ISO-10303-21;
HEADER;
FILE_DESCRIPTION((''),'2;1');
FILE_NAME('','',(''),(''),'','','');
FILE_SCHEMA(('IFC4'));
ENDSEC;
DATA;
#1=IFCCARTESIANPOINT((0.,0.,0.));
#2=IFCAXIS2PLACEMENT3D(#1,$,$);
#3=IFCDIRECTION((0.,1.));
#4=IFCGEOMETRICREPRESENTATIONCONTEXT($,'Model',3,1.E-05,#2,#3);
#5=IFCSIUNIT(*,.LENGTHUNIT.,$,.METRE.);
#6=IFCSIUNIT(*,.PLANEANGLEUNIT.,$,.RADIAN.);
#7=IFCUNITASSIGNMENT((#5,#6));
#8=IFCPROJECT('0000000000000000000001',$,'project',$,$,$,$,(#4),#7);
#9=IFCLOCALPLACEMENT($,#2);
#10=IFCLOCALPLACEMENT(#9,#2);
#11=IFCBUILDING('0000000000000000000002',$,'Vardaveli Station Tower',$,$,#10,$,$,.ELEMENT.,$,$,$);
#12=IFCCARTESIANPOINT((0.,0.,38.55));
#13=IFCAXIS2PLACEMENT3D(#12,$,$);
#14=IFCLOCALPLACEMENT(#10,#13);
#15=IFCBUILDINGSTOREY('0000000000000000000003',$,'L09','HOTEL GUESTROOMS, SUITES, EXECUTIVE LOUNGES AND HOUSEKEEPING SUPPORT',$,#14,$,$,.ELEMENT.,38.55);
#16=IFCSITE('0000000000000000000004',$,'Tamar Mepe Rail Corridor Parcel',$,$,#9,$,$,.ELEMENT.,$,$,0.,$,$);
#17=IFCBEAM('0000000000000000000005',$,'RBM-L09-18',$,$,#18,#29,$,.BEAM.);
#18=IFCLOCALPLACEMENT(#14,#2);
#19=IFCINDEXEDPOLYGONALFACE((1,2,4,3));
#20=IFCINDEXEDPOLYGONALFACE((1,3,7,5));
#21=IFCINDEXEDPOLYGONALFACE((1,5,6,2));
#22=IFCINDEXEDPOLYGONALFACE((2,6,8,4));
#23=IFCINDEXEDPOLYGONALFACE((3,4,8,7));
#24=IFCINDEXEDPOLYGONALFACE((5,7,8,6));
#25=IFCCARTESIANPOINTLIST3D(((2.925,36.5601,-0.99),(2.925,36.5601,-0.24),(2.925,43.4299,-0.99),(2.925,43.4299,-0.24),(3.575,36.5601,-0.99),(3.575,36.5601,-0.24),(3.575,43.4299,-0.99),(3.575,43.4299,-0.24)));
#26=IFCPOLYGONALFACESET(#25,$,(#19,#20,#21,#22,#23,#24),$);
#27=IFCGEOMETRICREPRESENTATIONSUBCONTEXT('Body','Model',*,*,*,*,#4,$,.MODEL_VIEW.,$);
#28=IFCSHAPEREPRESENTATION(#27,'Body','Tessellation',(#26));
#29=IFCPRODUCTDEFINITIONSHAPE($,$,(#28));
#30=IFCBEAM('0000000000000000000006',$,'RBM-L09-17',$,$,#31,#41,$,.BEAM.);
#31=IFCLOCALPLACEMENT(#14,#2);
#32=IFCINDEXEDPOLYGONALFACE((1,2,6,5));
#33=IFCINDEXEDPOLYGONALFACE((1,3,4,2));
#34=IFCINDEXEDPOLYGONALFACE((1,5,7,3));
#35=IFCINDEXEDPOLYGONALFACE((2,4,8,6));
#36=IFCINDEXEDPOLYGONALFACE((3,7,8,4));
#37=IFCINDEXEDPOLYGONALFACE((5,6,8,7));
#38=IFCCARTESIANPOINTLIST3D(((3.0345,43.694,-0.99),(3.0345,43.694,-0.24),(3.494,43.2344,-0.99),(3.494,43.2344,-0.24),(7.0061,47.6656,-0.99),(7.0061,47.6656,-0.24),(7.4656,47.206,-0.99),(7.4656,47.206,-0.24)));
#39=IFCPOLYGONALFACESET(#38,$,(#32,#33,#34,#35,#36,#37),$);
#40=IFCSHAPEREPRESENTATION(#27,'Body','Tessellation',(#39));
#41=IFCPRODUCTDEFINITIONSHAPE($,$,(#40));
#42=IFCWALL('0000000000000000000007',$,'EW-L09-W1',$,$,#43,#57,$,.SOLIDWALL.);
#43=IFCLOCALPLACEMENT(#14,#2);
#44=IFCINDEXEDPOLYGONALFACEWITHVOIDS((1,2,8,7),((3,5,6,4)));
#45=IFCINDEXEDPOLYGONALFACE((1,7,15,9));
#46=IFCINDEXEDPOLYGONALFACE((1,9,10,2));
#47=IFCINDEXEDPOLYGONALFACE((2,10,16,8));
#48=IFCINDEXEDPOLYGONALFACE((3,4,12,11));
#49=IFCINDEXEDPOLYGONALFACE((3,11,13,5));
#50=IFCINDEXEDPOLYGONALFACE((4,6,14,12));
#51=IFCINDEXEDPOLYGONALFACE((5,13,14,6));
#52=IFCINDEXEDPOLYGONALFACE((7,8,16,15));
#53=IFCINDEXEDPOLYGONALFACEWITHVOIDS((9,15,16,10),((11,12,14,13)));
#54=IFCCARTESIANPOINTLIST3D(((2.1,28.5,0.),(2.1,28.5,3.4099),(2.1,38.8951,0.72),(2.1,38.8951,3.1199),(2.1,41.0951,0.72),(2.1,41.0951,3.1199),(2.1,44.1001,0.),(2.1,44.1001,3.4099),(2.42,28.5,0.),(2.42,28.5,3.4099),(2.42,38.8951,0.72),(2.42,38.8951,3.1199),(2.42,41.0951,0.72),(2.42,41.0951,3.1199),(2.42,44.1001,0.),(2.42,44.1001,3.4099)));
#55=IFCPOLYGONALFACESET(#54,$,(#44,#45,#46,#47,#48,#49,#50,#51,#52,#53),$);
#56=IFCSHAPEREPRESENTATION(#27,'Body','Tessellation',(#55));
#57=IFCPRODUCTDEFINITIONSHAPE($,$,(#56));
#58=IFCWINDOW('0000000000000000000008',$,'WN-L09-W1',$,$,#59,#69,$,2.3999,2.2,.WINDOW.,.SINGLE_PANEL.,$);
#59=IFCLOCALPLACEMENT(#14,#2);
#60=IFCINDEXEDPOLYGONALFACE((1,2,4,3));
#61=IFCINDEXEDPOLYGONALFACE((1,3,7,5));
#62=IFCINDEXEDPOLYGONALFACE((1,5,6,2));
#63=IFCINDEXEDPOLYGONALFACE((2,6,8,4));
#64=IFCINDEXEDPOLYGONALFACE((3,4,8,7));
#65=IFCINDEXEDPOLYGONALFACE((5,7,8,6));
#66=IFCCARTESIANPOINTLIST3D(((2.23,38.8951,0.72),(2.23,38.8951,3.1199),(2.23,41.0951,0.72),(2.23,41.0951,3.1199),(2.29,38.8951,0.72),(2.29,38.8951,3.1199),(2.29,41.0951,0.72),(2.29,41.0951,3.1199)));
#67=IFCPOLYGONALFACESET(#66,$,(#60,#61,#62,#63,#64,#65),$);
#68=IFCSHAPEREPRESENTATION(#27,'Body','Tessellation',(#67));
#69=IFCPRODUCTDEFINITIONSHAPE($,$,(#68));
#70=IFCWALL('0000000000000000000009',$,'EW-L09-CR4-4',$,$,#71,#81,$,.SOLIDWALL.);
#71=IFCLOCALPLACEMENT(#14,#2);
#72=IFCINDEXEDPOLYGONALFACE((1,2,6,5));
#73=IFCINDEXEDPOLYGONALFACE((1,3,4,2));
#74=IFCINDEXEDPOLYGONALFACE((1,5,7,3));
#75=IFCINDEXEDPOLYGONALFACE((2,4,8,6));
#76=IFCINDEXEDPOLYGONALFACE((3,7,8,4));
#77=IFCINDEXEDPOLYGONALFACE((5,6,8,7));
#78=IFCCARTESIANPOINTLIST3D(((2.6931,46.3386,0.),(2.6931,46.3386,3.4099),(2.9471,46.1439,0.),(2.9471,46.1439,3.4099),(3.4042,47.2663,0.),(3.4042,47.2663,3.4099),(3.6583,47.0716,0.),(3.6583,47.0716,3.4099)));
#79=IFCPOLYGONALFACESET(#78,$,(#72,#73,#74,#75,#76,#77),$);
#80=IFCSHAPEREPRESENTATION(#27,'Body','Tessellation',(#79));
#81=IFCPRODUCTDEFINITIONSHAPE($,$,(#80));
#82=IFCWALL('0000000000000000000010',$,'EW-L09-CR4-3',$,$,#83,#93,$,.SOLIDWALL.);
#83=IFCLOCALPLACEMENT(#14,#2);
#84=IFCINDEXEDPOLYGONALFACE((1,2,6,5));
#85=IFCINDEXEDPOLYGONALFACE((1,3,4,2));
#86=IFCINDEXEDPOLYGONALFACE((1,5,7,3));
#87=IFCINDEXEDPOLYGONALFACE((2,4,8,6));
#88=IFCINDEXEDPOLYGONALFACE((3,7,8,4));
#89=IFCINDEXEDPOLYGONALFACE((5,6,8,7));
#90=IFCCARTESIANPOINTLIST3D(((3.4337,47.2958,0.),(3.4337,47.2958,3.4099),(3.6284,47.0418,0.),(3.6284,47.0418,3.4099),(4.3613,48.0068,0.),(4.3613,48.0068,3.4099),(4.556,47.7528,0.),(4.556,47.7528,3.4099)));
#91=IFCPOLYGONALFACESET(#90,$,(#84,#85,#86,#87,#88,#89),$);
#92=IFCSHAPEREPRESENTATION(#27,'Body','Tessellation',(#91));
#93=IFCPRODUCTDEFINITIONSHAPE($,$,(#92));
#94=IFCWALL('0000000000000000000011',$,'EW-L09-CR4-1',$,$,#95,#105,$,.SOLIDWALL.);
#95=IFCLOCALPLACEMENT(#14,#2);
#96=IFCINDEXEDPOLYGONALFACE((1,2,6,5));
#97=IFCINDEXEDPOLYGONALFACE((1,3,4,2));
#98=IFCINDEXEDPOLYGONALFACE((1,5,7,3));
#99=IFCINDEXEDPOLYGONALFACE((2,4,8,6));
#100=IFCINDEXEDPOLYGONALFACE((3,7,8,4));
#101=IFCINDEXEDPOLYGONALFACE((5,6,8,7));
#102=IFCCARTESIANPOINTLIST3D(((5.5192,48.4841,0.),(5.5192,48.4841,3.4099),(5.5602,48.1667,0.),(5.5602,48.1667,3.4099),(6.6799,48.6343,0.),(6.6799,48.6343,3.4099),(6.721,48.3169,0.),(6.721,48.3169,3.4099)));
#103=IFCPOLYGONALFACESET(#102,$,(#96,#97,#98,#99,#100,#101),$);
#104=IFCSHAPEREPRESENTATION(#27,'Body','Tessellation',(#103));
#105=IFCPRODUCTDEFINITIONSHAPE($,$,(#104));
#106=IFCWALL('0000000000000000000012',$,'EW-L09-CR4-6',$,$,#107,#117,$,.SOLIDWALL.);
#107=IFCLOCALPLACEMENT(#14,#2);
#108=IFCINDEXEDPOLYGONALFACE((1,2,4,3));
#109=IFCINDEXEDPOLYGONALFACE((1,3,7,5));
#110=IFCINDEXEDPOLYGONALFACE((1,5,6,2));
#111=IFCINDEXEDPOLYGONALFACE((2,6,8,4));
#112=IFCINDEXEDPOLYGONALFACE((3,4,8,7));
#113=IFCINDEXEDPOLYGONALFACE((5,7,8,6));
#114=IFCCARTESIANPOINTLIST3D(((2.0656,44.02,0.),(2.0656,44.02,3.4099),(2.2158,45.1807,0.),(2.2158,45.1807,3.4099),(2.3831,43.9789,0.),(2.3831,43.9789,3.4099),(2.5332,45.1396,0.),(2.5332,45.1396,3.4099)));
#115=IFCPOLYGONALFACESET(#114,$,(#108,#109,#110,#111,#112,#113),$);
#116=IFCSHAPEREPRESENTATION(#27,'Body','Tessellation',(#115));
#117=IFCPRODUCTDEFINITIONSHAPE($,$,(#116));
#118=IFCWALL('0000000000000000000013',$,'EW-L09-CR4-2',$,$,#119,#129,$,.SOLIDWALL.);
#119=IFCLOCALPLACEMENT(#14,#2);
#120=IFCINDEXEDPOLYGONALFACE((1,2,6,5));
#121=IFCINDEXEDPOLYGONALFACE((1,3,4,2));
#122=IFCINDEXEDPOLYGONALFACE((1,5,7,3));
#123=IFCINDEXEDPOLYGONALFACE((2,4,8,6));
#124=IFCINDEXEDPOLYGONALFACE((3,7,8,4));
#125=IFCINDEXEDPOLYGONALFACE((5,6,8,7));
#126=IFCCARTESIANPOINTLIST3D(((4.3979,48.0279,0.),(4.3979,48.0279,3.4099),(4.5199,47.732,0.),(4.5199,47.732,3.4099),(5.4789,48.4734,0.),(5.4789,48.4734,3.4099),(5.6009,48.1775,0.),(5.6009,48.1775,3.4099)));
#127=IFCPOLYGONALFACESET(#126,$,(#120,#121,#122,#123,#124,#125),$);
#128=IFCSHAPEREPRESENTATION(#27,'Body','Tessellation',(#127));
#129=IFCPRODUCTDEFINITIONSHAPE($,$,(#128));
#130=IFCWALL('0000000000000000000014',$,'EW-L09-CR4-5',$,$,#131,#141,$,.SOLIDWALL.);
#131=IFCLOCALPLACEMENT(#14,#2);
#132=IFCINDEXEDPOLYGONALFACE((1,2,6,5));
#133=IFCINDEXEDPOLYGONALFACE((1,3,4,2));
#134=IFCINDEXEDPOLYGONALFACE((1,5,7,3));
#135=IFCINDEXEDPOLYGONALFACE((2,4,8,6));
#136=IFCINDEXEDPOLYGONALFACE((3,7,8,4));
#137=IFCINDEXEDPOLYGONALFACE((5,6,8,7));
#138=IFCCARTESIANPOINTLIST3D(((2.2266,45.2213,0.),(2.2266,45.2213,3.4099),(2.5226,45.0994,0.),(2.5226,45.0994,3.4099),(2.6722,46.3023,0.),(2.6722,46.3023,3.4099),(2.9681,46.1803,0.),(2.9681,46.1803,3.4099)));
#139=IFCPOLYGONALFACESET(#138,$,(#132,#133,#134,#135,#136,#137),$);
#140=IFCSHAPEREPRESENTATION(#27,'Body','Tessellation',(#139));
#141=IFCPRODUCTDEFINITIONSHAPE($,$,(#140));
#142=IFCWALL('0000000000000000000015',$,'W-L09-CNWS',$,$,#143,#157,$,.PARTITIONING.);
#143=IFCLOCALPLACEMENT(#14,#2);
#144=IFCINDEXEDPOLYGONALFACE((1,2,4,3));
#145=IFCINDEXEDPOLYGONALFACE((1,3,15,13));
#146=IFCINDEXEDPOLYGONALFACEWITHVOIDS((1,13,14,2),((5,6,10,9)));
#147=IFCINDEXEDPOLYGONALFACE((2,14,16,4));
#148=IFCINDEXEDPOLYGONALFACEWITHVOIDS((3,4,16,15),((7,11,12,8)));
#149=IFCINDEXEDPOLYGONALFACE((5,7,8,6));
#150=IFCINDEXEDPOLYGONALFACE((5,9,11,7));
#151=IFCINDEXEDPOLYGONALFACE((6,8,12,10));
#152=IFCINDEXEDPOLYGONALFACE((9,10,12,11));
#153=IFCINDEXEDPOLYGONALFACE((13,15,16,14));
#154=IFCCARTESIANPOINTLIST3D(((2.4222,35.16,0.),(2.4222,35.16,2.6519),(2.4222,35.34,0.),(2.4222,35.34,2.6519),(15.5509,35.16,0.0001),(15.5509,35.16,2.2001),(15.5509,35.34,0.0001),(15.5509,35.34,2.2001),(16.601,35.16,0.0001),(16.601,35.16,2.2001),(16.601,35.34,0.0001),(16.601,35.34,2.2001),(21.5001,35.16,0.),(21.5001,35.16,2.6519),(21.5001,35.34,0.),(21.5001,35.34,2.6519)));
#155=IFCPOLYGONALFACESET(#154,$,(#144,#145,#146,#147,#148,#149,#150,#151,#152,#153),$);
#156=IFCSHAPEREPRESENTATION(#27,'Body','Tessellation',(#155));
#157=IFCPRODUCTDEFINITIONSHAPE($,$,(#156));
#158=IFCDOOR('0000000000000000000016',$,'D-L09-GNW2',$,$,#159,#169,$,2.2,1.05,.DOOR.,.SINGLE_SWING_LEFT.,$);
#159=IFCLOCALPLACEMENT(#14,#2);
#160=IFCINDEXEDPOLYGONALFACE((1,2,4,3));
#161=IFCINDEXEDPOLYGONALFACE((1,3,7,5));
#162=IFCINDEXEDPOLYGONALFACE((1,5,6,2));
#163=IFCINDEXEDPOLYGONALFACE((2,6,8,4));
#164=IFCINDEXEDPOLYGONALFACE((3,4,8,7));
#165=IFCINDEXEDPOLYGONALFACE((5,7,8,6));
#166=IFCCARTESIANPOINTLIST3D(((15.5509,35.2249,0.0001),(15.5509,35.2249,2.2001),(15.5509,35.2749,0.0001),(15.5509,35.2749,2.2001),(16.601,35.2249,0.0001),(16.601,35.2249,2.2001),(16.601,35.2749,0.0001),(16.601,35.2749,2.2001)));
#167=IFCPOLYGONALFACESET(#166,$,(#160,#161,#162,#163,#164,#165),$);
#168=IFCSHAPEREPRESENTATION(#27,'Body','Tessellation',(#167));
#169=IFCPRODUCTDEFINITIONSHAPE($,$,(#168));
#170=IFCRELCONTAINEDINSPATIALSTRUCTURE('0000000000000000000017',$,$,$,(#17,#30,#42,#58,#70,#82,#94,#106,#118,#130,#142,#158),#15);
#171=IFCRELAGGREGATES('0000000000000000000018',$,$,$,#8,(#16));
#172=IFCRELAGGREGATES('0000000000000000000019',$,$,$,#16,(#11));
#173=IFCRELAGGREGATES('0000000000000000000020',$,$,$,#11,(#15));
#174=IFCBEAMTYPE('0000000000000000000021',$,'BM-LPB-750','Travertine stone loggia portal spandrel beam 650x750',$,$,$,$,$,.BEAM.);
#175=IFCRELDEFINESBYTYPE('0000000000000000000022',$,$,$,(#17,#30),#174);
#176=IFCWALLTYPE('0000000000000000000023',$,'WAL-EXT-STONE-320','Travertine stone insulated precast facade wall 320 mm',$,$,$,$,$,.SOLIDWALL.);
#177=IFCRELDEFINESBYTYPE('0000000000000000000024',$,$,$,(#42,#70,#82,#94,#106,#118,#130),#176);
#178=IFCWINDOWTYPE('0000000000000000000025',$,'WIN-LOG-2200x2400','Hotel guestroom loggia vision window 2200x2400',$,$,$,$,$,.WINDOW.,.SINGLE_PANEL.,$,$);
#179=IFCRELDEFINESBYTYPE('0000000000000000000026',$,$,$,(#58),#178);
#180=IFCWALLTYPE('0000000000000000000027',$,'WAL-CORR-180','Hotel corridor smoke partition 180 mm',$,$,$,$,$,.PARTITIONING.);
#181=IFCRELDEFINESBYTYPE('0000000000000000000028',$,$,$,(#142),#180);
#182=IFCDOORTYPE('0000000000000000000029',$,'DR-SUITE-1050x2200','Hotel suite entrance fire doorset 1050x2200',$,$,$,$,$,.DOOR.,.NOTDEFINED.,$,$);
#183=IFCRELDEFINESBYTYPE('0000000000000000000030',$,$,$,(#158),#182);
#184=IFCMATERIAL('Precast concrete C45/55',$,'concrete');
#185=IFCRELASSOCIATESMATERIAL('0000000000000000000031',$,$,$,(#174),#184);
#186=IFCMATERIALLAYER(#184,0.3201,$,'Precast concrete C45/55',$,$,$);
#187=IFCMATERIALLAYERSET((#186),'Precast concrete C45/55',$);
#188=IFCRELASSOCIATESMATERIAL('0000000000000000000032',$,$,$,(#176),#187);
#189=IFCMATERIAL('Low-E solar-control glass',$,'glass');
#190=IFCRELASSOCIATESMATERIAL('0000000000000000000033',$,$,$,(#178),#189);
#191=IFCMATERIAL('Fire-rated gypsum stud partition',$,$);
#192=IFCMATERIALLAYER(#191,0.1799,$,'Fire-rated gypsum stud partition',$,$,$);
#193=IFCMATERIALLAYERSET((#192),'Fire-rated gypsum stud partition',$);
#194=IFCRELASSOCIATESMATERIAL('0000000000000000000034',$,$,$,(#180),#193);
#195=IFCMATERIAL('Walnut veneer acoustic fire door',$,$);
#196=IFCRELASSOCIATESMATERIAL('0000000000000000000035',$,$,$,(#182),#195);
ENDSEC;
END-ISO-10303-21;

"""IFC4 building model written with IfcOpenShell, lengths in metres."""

from ifc_helpers import new_model, si_unit, direction, frame, frame_2d, origin, origin_2d, place, context, subcontext, project, spatial, rectangle, extrude, source, transform, mapped, material, layer, layer_set, material_profile, profile_set, type_object, element, fill, save


model = new_model("IFC4")

# Units and contexts
model_context = context("Model", 3, precision=1e-05, world=origin(), true_north=direction((0.0, 1.0)))
body_context = subcontext(model_context, "Body", "Model", "MODEL_VIEW")
ifc_project = project(units=[si_unit("LENGTHUNIT", "METRE"), si_unit("PLANEANGLEUNIT", "RADIAN")], contexts=[model_context])

# Site, building, storey
site_placement = place(None, origin())
site = spatial("IfcSite", under=ifc_project, at=site_placement, Name="Tamar Mepe Rail Corridor Parcel", CompositionType="ELEMENT", RefElevation=0.0)
building_placement = place(site_placement, origin())
building = spatial("IfcBuilding", under=site, at=building_placement, Name="Vardaveli Station Tower", CompositionType="ELEMENT")
storey_placement = place(building_placement, frame((0.0, 0.0, 38.55)))
storey = spatial("IfcBuildingStorey", under=building, at=storey_placement, Name="L09", Description="HOTEL GUESTROOMS, SUITES, EXECUTIVE LOUNGES AND HOUSEKEEPING SUPPORT", CompositionType="ELEMENT", Elevation=38.55)

# Beams
ifc_material_1 = material(Name="Precast concrete C45/55", Category="concrete")
ifc_material_profile_1 = material_profile(ifc_material_1, rectangle(XDim=0.6499, YDim=0.75, at=origin_2d()), Name="LPB 650x750")
ifc_profile_set_1 = profile_set([ifc_material_profile_1], Name="Precast concrete C45/55")
beam_type = type_object("IfcBeamType", Name="BM-LPB-750", Description="Travertine stone loggia portal spandrel beam 650x750", PredefinedType="BEAM", material=ifc_profile_set_1)
shared_shape_1 = source(origin(), body_context, "Body", "SweptSolid", [
    extrude(rectangle(XDim=0.6499, YDim=0.75, at=origin_2d()), origin(), (0.0, 0.0, 1.0), 6.8699),
])
for number, where, z_axis, x_axis, name in (
    (1, (3.25, 43.4299, -0.615), (0.0, -1.0, 0.0), (1.0, 0.0, 0.0), "RBM-L09-18"),
):
    element("IfcBeam", number, at=place(storey_placement, frame(where, z_axis=z_axis, x_axis=x_axis)), inside=storey, type_object=beam_type, Name=name, PredefinedType="BEAM", context=body_context, shape_type="MappedRepresentation", body=[
        mapped(shared_shape_1, transform((0.0, 0.0, 0.0), scale=1.0)),
    ])
shared_shape_2 = source(origin(), body_context, "Body", "SweptSolid", [
    extrude(rectangle(XDim=0.6499, YDim=0.75, at=origin_2d()), origin(), (0.0, 0.0, 1.0), 5.6167),
])
beam_1_placement = place(storey_placement, frame((7.2358, 47.4358, -0.615), z_axis=(-0.707107, -0.707107, 0.0), x_axis=(0.707107, -0.707107, 0.0)))
element("IfcBeam", 2, at=beam_1_placement, inside=storey, type_object=beam_type, Name="RBM-L09-17", PredefinedType="BEAM", context=body_context, shape_type="MappedRepresentation", body=[
    mapped(shared_shape_2, transform((0.0, 0.0, 0.0), scale=1.0)),
])

# Wall, opening, window
ifc_layer_1 = layer(ifc_material_1, 0.3201, Name="Precast concrete C45/55")
ifc_layer_set_1 = layer_set([ifc_layer_1], Name="Precast concrete C45/55")
wall_type_1 = type_object("IfcWallType", Name="WAL-EXT-STONE-320", Description="Travertine stone insulated precast facade wall 320 mm", PredefinedType="SOLIDWALL", material=ifc_layer_set_1)
shared_shape_3 = source(origin(), body_context, "Body", "SweptSolid", [
    extrude(rectangle(XDim=15.6001, YDim=0.3201, at=frame_2d((7.8, 0.0))), origin(), (0.0, 0.0, 1.0), 3.4099),
])
wall_1_placement = place(storey_placement, frame((2.26, 44.1001, 0.0), z_axis=(0.0, 0.0, 1.0), x_axis=(0.0, -1.0, 0.0)))
wall_1 = element("IfcWall", 3, at=wall_1_placement, inside=storey, type_object=wall_type_1, Name="EW-L09-W1", PredefinedType="SOLIDWALL", context=body_context, shape_type="MappedRepresentation", body=[
    mapped(shared_shape_3, transform((0.0, 0.0, 0.0), scale=1.0)),
])
shared_shape_4 = source(origin(), body_context, "Body", "SweptSolid", [
    extrude(rectangle(XDim=2.2, YDim=2.3999, at=frame_2d((1.1001, 1.2))), frame((0.0, 0.1699, 0.0), z_axis=(0.0, -1.0, 0.0), x_axis=(1.0, 0.0, 0.0)), (0.0, 0.0, 1.0), 0.3401),
])
opening_1_placement = place(wall_1_placement, frame((3.0049, 0.0, 0.72)))
opening_1 = element("IfcOpeningElement", 4, at=opening_1_placement, cuts=wall_1, PredefinedType="OPENING", context=body_context, shape_type="MappedRepresentation", body=[
    mapped(shared_shape_4, transform((0.0, 0.0, 0.0), scale=1.0)),
])
ifc_material_2 = material(Name="Low-E solar-control glass", Category="glass")
window_type = type_object("IfcWindowType", Name="WIN-LOG-2200x2400", Description="Hotel guestroom loggia vision window 2200x2400", PartitioningType="SINGLE_PANEL", PredefinedType="WINDOW", material=ifc_material_2)
shared_shape_5 = source(origin(), body_context, "Body", "SweptSolid", [
    extrude(rectangle(XDim=2.2, YDim=2.3999, at=frame_2d((1.1001, 1.2))), frame((0.0, 0.03, 0.0), z_axis=(0.0, -1.0, 0.0), x_axis=(1.0, 0.0, 0.0)), (0.0, 0.0, 1.0), 0.0601),
])
window_placement = place(opening_1_placement, origin())
window = element("IfcWindow", 5, at=window_placement, inside=storey, type_object=window_type, Name="WN-L09-W1", OverallHeight=2.3999, OverallWidth=2.2, PartitioningType="SINGLE_PANEL", PredefinedType="WINDOW", context=body_context, shape_type="MappedRepresentation", body=[
    mapped(shared_shape_5, transform((0.0, 0.0, 0.0), scale=1.0)),
])
fill(opening_1, window)

# Walls
shared_shape_6 = source(origin(), body_context, "Body", "SweptSolid", [
    extrude(rectangle(XDim=1.1689, YDim=0.3201, at=frame_2d((0.5845, 0.0))), origin(), (0.0, 0.0, 1.0), 3.4099),
])
wall_2_placement = place(storey_placement, frame((3.5312, 47.1689, 0.0), z_axis=(0.0, 0.0, 1.0), x_axis=(-0.608388, -0.79364, 0.0)))
element("IfcWall", 6, at=wall_2_placement, inside=storey, type_object=wall_type_1, Name="EW-L09-CR4-4", PredefinedType="SOLIDWALL", context=body_context, shape_type="MappedRepresentation", body=[
    mapped(shared_shape_6, transform((0.0, 0.0, 0.0), scale=1.0)),
])
shared_shape_7 = source(origin(), body_context, "Body", "SweptSolid", [
    extrude(rectangle(XDim=1.1687, YDim=0.3201, at=frame_2d((0.5845, 0.0))), origin(), (0.0, 0.0, 1.0), 3.4099),
])
wall_3_placement = place(storey_placement, frame((4.4587, 47.8799, 0.0), z_axis=(0.0, 0.0, 1.0), x_axis=(-0.793664, -0.608357, 0.0)))
element("IfcWall", 7, at=wall_3_placement, inside=storey, type_object=wall_type_1, Name="EW-L09-CR4-3", PredefinedType="SOLIDWALL", context=body_context, shape_type="MappedRepresentation", body=[
    mapped(shared_shape_7, transform((0.0, 0.0, 0.0), scale=1.0)),
])
shared_shape_8 = source(origin(), body_context, "Body", "SweptSolid", [
    extrude(rectangle(XDim=1.1704, YDim=0.3201, at=frame_2d((0.5852, 0.0))), origin(), (0.0, 0.0, 1.0), 3.4099),
])
for number, where, z_axis, x_axis, name in (
    (8, (6.7004, 48.4756, 0.0), (0.0, 0.0, 1.0), (-0.991736, -0.128296, 0.0), "EW-L09-CR4-1"),
    (9, (2.3745, 45.1602, 0.0), (0.0, 0.0, 1.0), (-0.128296, -0.991736, 0.0), "EW-L09-CR4-6"),
):
    element("IfcWall", number, at=place(storey_placement, frame(where, z_axis=z_axis, x_axis=x_axis)), inside=storey, type_object=wall_type_1, Name=name, PredefinedType="SOLIDWALL", context=body_context, shape_type="MappedRepresentation", body=[
        mapped(shared_shape_8, transform((0.0, 0.0, 0.0), scale=1.0)),
    ])
shared_shape_9 = source(origin(), body_context, "Body", "SweptSolid", [
    extrude(rectangle(XDim=1.1692, YDim=0.3201, at=frame_2d((0.5845, 0.0))), origin(), (0.0, 0.0, 1.0), 3.4099),
])
for number, where, z_axis, x_axis, name in (
    (10, (5.5398, 48.3254, 0.0), (0.0, 0.0, 1.0), (-0.924553, -0.381054, 0.0), "EW-L09-CR4-2"),
    (11, (2.8201, 46.2412, 0.0), (0.0, 0.0, 1.0), (-0.381054, -0.924553, 0.0), "EW-L09-CR4-5"),
):
    element("IfcWall", number, at=place(storey_placement, frame(where, z_axis=z_axis, x_axis=x_axis)), inside=storey, type_object=wall_type_1, Name=name, PredefinedType="SOLIDWALL", context=body_context, shape_type="MappedRepresentation", body=[
        mapped(shared_shape_9, transform((0.0, 0.0, 0.0), scale=1.0)),
    ])

# Wall, opening, door
ifc_material_3 = material(Name="Fire-rated gypsum stud partition")
ifc_layer_2 = layer(ifc_material_3, 0.1799, Name="Fire-rated gypsum stud partition")
ifc_layer_set_2 = layer_set([ifc_layer_2], Name="Fire-rated gypsum stud partition")
wall_type_2 = type_object("IfcWallType", Name="WAL-CORR-180", Description="Hotel corridor smoke partition 180 mm", PredefinedType="PARTITIONING", material=ifc_layer_set_2)
shared_shape_10 = source(origin(), body_context, "Body", "SweptSolid", [
    extrude(rectangle(XDim=19.0779, YDim=0.1799, at=frame_2d((9.5391, 0.0))), origin(), (0.0, 0.0, 1.0), 2.6519),
])
wall_4_placement = place(storey_placement, frame((2.4221, 35.25, 0.0), z_axis=(0.0, 0.0, 1.0), x_axis=(1.0, 0.0, 0.0)))
wall_4 = element("IfcWall", 12, at=wall_4_placement, inside=storey, type_object=wall_type_2, Name="W-L09-CNWS", PredefinedType="PARTITIONING", context=body_context, shape_type="MappedRepresentation", body=[
    mapped(shared_shape_10, transform((0.0, 0.0, 0.0), scale=1.0)),
])
shared_shape_11 = source(origin(), body_context, "Body", "SweptSolid", [
    extrude(rectangle(XDim=1.05, YDim=2.2, at=frame_2d((0.5249, 1.1001))), frame((0.0, 0.1001, 0.0), z_axis=(0.0, -1.0, 0.0), x_axis=(1.0, 0.0, 0.0)), (0.0, 0.0, 1.0), 0.2),
])
opening_2_placement = place(wall_4_placement, frame((13.1289, 0.0, 0.0)))
opening_2 = element("IfcOpeningElement", 13, at=opening_2_placement, cuts=wall_4, PredefinedType="OPENING", context=body_context, shape_type="MappedRepresentation", body=[
    mapped(shared_shape_11, transform((0.0, 0.0, 0.0), scale=1.0)),
])
ifc_material_4 = material(Name="Walnut veneer acoustic fire door")
door_type_1 = type_object("IfcDoorType", Name="DR-SUITE-1050x2200", Description="Hotel suite entrance fire doorset 1050x2200", OperationType="NOTDEFINED", PredefinedType="DOOR", material=ifc_material_4)
shared_shape_12 = source(origin(), body_context, "Body", "SweptSolid", [
    extrude(rectangle(XDim=1.05, YDim=2.2, at=frame_2d((0.5249, 1.1001))), frame((0.0, 0.0249, 0.0), z_axis=(0.0, -1.0, 0.0), x_axis=(1.0, 0.0, 0.0)), (0.0, 0.0, 1.0), 0.05),
])
door_1_placement = place(opening_2_placement, origin())
door_1 = element("IfcDoor", 14, at=door_1_placement, inside=storey, type_object=door_type_1, Name="D-L09-GNW2", OperationType="SINGLE_SWING_LEFT", OverallHeight=2.2, OverallWidth=1.05, PredefinedType="DOOR", context=body_context, shape_type="MappedRepresentation", body=[
    mapped(shared_shape_12, transform((0.0, 0.0, 0.0), scale=1.0)),
])
fill(opening_2, door_1)

save(model, "model.ifc")
